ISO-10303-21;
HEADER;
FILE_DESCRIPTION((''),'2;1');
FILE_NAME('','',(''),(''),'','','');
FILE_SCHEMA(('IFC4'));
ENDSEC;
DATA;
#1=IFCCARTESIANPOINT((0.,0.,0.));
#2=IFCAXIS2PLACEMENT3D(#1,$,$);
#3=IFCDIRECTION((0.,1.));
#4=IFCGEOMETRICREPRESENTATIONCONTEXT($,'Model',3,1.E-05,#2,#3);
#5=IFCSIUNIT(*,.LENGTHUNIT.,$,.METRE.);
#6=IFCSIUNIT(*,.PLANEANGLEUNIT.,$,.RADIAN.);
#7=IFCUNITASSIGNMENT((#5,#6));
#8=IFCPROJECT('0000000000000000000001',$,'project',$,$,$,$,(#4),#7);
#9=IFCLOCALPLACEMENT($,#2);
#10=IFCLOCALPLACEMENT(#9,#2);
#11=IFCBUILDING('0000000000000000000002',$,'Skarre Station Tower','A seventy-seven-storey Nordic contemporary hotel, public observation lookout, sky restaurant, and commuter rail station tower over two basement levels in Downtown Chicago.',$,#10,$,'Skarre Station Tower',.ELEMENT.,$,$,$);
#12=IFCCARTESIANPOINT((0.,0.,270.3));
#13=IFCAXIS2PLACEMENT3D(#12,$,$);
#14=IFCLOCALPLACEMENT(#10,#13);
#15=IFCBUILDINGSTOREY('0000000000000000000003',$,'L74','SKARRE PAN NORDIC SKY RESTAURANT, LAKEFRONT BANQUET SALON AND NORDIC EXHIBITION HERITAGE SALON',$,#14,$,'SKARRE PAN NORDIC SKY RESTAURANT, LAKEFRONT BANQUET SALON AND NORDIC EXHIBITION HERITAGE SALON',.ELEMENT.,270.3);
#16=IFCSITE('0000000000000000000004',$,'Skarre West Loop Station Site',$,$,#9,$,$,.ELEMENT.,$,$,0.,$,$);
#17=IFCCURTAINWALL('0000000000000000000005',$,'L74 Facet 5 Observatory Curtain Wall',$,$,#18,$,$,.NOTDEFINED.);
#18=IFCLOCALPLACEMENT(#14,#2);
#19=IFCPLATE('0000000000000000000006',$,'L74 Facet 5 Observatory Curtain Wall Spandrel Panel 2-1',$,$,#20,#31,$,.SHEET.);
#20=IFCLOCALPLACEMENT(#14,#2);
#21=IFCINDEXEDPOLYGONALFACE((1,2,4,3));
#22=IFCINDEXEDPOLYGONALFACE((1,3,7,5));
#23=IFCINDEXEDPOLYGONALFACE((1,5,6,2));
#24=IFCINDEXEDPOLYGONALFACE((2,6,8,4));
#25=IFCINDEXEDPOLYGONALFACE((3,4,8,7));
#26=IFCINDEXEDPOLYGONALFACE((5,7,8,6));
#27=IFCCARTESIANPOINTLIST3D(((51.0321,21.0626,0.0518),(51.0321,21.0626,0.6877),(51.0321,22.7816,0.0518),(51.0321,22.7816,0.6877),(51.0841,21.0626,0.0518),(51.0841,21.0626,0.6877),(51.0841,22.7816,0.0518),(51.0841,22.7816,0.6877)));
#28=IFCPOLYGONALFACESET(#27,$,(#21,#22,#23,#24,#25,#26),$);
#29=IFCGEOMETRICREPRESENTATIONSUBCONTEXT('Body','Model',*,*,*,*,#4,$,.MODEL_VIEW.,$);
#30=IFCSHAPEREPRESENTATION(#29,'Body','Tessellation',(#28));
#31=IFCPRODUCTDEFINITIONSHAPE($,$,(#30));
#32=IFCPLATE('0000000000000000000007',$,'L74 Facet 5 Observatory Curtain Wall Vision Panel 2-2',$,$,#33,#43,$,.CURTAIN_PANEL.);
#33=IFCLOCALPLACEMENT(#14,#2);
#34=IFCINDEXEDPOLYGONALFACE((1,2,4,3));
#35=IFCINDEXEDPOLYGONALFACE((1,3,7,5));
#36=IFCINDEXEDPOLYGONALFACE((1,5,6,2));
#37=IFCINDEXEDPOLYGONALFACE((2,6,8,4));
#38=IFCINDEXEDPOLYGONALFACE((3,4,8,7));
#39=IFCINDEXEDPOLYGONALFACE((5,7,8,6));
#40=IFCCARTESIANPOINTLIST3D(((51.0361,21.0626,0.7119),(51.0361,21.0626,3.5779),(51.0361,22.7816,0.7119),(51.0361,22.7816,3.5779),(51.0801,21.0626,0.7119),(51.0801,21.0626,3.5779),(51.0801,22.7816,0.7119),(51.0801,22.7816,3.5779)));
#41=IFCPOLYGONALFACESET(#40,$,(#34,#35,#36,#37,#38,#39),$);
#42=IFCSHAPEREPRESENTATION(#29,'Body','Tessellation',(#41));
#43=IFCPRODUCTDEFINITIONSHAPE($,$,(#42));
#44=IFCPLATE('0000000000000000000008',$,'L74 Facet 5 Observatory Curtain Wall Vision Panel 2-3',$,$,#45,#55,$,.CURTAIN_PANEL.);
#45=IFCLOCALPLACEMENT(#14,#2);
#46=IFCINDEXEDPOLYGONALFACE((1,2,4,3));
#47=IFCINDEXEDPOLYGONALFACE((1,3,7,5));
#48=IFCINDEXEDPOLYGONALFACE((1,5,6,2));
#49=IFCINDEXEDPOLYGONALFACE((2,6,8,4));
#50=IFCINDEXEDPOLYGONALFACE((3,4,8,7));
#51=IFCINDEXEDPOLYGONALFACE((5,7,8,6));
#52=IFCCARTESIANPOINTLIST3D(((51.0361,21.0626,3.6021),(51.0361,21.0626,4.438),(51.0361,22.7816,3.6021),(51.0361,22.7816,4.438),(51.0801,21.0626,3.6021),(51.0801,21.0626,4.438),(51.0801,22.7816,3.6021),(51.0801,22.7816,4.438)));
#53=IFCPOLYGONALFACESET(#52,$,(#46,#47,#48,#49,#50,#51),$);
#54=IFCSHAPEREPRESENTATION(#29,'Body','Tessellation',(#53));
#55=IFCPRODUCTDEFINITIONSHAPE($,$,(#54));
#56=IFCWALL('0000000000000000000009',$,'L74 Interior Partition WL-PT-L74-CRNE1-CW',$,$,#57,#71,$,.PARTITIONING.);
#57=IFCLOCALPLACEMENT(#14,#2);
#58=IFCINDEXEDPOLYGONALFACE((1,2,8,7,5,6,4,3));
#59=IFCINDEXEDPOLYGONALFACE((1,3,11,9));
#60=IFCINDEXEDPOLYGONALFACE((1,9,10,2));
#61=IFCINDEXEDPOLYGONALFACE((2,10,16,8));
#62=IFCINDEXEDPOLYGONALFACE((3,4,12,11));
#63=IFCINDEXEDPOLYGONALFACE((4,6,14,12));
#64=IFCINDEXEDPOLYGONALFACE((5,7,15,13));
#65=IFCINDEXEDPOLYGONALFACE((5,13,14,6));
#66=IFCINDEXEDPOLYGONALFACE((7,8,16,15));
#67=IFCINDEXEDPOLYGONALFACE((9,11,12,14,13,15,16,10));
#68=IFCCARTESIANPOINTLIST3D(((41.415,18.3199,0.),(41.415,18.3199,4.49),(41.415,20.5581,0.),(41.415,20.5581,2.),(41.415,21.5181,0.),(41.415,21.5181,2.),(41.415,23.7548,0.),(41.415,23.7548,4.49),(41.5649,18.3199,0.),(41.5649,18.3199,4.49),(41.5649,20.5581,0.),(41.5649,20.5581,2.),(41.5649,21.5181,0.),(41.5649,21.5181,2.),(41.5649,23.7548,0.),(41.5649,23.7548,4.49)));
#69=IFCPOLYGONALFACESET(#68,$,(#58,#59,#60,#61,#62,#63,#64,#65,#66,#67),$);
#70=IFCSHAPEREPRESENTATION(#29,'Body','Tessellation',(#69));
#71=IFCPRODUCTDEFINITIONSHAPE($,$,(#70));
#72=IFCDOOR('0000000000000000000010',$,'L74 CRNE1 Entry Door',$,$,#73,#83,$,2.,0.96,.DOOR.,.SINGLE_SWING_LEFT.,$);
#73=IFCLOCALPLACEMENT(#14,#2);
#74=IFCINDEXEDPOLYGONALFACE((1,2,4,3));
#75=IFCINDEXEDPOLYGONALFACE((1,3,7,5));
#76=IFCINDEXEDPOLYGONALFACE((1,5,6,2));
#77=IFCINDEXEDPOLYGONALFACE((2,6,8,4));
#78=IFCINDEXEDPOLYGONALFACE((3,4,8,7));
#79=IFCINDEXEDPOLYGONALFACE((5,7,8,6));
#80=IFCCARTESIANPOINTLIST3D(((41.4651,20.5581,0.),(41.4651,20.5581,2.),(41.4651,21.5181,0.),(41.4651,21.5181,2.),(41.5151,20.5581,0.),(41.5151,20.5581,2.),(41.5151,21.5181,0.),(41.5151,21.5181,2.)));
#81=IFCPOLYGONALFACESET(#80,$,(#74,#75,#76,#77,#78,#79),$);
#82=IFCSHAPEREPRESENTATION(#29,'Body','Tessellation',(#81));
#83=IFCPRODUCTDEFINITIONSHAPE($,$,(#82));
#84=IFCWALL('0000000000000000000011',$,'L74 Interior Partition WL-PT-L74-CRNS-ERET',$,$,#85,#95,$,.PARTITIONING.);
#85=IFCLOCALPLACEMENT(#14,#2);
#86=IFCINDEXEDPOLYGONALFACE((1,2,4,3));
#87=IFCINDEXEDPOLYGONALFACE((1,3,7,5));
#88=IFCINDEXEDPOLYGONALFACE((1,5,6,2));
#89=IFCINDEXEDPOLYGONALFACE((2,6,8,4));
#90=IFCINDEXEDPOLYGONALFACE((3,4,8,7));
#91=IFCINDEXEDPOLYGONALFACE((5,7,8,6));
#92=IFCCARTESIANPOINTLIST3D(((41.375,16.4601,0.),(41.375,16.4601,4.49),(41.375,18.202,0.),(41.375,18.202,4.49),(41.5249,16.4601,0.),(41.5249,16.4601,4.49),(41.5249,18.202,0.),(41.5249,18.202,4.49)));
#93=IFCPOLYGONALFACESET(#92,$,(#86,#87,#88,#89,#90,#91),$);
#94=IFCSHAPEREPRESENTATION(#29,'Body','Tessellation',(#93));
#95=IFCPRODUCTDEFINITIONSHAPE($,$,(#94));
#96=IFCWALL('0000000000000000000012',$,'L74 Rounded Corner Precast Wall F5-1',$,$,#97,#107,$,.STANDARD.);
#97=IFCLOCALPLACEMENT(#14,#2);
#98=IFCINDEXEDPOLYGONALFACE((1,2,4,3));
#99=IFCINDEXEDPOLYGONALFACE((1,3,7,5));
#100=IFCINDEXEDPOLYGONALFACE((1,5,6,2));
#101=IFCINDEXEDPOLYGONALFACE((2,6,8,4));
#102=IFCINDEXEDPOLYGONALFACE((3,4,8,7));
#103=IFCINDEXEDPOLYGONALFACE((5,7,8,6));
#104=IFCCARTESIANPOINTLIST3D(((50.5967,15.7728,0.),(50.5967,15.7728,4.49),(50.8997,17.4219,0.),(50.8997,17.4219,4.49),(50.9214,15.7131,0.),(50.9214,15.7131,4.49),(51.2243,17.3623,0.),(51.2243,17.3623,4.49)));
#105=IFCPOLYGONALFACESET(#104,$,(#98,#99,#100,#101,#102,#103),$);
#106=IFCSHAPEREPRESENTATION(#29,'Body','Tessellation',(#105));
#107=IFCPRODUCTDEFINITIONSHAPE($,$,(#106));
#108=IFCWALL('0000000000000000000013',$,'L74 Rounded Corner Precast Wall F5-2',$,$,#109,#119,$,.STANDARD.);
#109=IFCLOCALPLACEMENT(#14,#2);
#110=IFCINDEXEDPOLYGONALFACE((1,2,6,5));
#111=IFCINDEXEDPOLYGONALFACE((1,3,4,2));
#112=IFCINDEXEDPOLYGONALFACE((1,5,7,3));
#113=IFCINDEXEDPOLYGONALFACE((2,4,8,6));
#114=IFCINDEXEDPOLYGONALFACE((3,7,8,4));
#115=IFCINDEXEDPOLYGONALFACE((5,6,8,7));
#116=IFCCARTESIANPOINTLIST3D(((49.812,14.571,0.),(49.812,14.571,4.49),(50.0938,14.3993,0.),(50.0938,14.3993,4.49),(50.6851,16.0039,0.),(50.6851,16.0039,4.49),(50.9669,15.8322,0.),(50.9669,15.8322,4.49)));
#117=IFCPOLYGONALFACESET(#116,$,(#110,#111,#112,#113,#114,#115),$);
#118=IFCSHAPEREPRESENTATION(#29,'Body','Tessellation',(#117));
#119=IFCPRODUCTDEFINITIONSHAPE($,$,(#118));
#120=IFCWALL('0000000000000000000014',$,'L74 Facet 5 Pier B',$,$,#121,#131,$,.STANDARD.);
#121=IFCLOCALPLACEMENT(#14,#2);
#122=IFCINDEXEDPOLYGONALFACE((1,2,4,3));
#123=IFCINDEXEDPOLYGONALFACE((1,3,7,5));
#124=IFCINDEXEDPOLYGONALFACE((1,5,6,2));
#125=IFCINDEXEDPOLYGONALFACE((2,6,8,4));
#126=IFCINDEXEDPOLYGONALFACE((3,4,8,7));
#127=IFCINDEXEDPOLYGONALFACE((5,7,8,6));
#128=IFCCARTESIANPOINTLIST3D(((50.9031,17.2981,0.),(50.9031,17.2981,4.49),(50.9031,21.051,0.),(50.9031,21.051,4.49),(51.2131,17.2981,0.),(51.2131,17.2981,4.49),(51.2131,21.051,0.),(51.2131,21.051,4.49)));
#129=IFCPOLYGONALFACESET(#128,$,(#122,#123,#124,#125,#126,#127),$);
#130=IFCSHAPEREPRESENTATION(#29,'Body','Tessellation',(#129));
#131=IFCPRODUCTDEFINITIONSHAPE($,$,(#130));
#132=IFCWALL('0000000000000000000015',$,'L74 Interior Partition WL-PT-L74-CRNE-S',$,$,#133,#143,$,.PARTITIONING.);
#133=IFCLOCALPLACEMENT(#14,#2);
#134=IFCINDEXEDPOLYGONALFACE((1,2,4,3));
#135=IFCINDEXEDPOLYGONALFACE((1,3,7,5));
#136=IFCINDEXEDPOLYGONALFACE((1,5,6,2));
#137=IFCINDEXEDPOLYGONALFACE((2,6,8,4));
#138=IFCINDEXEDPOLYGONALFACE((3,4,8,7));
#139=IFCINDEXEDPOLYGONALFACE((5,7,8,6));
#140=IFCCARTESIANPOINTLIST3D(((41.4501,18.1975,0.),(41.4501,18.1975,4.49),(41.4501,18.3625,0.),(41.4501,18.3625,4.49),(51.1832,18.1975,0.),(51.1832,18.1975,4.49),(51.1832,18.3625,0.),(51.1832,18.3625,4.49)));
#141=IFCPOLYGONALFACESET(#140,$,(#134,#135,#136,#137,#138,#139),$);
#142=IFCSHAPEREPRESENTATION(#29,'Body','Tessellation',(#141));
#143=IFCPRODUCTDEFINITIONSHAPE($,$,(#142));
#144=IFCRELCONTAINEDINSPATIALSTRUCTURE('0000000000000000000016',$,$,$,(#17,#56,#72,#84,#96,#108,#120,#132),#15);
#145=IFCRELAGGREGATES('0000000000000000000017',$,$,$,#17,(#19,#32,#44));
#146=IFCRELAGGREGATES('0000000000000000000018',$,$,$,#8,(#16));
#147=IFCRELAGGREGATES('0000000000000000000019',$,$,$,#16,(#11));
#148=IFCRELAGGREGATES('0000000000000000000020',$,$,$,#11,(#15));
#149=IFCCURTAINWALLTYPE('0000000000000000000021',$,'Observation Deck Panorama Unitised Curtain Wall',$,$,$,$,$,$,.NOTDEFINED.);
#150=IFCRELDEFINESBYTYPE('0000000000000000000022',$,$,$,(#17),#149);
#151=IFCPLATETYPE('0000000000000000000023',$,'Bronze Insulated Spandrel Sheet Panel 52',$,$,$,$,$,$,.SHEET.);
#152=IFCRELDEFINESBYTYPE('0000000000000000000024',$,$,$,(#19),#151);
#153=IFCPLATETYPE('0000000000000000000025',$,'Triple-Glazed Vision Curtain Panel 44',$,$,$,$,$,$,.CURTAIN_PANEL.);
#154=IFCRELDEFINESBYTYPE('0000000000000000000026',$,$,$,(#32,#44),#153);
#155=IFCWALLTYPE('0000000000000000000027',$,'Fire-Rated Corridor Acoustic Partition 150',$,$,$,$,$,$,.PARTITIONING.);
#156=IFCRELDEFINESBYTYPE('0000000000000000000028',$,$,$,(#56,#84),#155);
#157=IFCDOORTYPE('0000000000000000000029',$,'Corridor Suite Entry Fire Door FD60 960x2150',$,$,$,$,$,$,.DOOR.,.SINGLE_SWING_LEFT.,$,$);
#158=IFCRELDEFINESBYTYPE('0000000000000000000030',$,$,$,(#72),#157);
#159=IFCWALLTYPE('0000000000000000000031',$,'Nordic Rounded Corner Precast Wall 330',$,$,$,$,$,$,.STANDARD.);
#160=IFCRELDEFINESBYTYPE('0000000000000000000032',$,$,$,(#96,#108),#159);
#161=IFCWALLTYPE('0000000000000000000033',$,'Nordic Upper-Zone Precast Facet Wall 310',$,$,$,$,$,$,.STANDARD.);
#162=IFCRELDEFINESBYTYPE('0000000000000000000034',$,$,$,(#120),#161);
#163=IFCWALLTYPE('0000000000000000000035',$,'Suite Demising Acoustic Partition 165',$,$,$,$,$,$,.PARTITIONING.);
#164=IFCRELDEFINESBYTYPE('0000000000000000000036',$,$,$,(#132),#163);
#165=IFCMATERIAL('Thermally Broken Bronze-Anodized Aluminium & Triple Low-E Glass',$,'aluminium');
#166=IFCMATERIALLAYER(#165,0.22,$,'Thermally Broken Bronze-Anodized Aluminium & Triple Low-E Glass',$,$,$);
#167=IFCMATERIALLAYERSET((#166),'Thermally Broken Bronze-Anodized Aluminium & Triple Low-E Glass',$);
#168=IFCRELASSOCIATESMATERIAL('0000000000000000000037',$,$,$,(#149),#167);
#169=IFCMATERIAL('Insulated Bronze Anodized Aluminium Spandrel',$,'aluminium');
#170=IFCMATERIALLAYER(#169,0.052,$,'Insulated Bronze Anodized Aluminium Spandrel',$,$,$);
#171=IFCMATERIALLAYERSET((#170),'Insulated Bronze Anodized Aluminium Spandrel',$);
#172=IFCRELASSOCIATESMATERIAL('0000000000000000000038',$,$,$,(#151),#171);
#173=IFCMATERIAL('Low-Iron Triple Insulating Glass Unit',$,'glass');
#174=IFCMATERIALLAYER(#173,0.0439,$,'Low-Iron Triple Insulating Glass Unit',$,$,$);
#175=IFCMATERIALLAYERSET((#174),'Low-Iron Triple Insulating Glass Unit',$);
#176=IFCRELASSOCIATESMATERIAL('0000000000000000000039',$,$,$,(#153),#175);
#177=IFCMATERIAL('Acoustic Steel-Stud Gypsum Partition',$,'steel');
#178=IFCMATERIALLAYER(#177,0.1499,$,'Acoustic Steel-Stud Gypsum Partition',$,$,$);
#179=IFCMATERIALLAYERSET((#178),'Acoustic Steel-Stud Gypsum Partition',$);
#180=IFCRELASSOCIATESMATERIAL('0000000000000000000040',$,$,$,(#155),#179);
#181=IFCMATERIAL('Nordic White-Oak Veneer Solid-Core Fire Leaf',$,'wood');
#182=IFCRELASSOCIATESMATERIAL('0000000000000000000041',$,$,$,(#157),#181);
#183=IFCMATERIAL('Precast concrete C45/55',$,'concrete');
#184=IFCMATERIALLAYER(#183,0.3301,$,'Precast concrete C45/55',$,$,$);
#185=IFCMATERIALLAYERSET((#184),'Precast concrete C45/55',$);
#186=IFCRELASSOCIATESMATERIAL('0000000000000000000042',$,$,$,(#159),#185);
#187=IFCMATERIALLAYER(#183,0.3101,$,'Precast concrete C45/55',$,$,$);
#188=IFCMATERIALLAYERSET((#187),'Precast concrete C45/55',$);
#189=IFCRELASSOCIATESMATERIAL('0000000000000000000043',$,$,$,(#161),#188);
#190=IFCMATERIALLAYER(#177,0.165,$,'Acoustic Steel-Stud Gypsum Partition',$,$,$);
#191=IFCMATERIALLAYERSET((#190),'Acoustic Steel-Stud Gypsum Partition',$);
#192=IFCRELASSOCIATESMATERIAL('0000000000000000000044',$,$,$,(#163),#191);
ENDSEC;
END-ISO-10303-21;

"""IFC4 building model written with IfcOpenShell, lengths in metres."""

from ifc_helpers import new_model, si_unit, direction, frame, frame_2d, origin, origin_2d, place, context, subcontext, project, spatial, rectangle, extrude, material, layer, layer_set, type_object, element, fill, aggregate, save


model = new_model("IFC4")

# Units and contexts
model_context = context("Model", 3, precision=1e-05, world=origin(), true_north=direction((0.0, 1.0)))
body_context = subcontext(model_context, "Body", "Model", "MODEL_VIEW")
ifc_project = project(units=[si_unit("LENGTHUNIT", "METRE"), si_unit("PLANEANGLEUNIT", "RADIAN")], contexts=[model_context])

# Site, building, storey
site_placement = place(None, origin())
site = spatial("IfcSite", under=ifc_project, at=site_placement, Name="Skarre West Loop Station Site", CompositionType="ELEMENT", RefElevation=0.0)
building_placement = place(site_placement, origin())
building = spatial("IfcBuilding", under=site, at=building_placement, Name="Skarre Station Tower", Description="A seventy-seven-storey Nordic contemporary hotel, public observation lookout, sky restaurant, and commuter rail station tower over two basement levels in Downtown Chicago.", LongName="Skarre Station Tower", CompositionType="ELEMENT")
storey_placement = place(building_placement, frame((0.0, 0.0, 270.3)))
storey = spatial("IfcBuildingStorey", under=building, at=storey_placement, Name="L74", Description="SKARRE PAN NORDIC SKY RESTAURANT, LAKEFRONT BANQUET SALON AND NORDIC EXHIBITION HERITAGE SALON", LongName="SKARRE PAN NORDIC SKY RESTAURANT, LAKEFRONT BANQUET SALON AND NORDIC EXHIBITION HERITAGE SALON", CompositionType="ELEMENT", Elevation=270.3)

# Curtain wall
ifc_material_1 = material(Name="Thermally Broken Bronze-Anodized Aluminium & Triple Low-E Glass", Category="aluminium")
ifc_layer_1 = layer(ifc_material_1, 0.22, Name="Thermally Broken Bronze-Anodized Aluminium & Triple Low-E Glass")
ifc_layer_set_1 = layer_set([ifc_layer_1], Name="Thermally Broken Bronze-Anodized Aluminium & Triple Low-E Glass")
curtain_wall_type = type_object("IfcCurtainWallType", Name="Observation Deck Panorama Unitised Curtain Wall", PredefinedType="NOTDEFINED", material=ifc_layer_set_1)
curtain_wall_placement = place(storey_placement, origin())
curtain_wall = element("IfcCurtainWall", 1, at=curtain_wall_placement, inside=storey, type_object=curtain_wall_type, Name="L74 Facet 5 Observatory Curtain Wall", PredefinedType="NOTDEFINED")

# Plates
ifc_material_2 = material(Name="Insulated Bronze Anodized Aluminium Spandrel", Category="aluminium")
ifc_layer_2 = layer(ifc_material_2, 0.052, Name="Insulated Bronze Anodized Aluminium Spandrel")
ifc_layer_set_2 = layer_set([ifc_layer_2], Name="Insulated Bronze Anodized Aluminium Spandrel")
plate_type_1 = type_object("IfcPlateType", Name="Bronze Insulated Spandrel Sheet Panel 52", PredefinedType="SHEET", material=ifc_layer_set_2)
plate_1_placement = place(storey_placement, frame((51.0581, 21.9221, 0.0518), z_axis=(0.0, 0.0, 1.0), x_axis=(0.0, -1.0, 0.0)))
plate_1 = element("IfcPlate", 2, at=plate_1_placement, type_object=plate_type_1, Name="L74 Facet 5 Observatory Curtain Wall Spandrel Panel 2-1", PredefinedType="SHEET", context=body_context, shape_type="SweptSolid", body=[
    extrude(rectangle(XDim=1.719, YDim=0.052, at=origin_2d()), origin(), (0.0, 0.0, 1.0), 0.636),
])
ifc_material_3 = material(Name="Low-Iron Triple Insulating Glass Unit", Category="glass")
ifc_layer_3 = layer(ifc_material_3, 0.0439, Name="Low-Iron Triple Insulating Glass Unit")
ifc_layer_set_3 = layer_set([ifc_layer_3], Name="Low-Iron Triple Insulating Glass Unit")
plate_type_2 = type_object("IfcPlateType", Name="Triple-Glazed Vision Curtain Panel 44", PredefinedType="CURTAIN_PANEL", material=ifc_layer_set_3)
plate_2_placement = place(storey_placement, frame((51.0581, 21.9221, 0.7119), z_axis=(0.0, 0.0, 1.0), x_axis=(0.0, -1.0, 0.0)))
plate_2 = element("IfcPlate", 3, at=plate_2_placement, type_object=plate_type_2, Name="L74 Facet 5 Observatory Curtain Wall Vision Panel 2-2", PredefinedType="CURTAIN_PANEL", context=body_context, shape_type="SweptSolid", body=[
    extrude(rectangle(XDim=1.719, YDim=0.0439, at=origin_2d()), origin(), (0.0, 0.0, 1.0), 2.866),
])
plate_3_placement = place(storey_placement, frame((51.0581, 21.9221, 3.6021), z_axis=(0.0, 0.0, 1.0), x_axis=(0.0, -1.0, 0.0)))
plate_3 = element("IfcPlate", 4, at=plate_3_placement, type_object=plate_type_2, Name="L74 Facet 5 Observatory Curtain Wall Vision Panel 2-3", PredefinedType="CURTAIN_PANEL", context=body_context, shape_type="SweptSolid", body=[
    extrude(rectangle(XDim=1.719, YDim=0.0439, at=origin_2d()), origin(), (0.0, 0.0, 1.0), 0.8359),
])
aggregate(curtain_wall, [plate_1, plate_2, plate_3])

# Wall, opening, door
ifc_material_4 = material(Name="Acoustic Steel-Stud Gypsum Partition", Category="steel")
ifc_layer_4 = layer(ifc_material_4, 0.1499, Name="Acoustic Steel-Stud Gypsum Partition")
ifc_layer_set_4 = layer_set([ifc_layer_4], Name="Acoustic Steel-Stud Gypsum Partition")
wall_type_1 = type_object("IfcWallType", Name="Fire-Rated Corridor Acoustic Partition 150", PredefinedType="PARTITIONING", material=ifc_layer_set_4)
wall_1_placement = place(storey_placement, frame((41.49, 18.3201, 0.0), z_axis=(0.0, 0.0, 1.0), x_axis=(0.0, 1.0, 0.0)))
wall_1 = element("IfcWall", 5, at=wall_1_placement, inside=storey, type_object=wall_type_1, Name="L74 Interior Partition WL-PT-L74-CRNE1-CW", PredefinedType="PARTITIONING", context=body_context, shape_type="SweptSolid", body=[
    extrude(rectangle(XDim=5.4348, YDim=0.1499, at=frame_2d((2.7173, 0.0))), origin(), (0.0, 0.0, 1.0), 4.49),
])
opening_placement = place(wall_1_placement, frame((2.238, 0.0, 0.0)))
opening = element("IfcOpeningElement", 6, at=opening_placement, cuts=wall_1, PredefinedType="OPENING", context=body_context, shape_type="SweptSolid", body=[
    extrude(rectangle(XDim=0.96, YDim=2.0, at=frame_2d((0.48, 1.0))), frame((0.0, 0.085, 0.0), z_axis=(0.0, -1.0, 0.0), x_axis=(1.0, 0.0, 0.0)), (0.0, 0.0, 1.0), 0.1699),
])
ifc_material_5 = material(Name="Nordic White-Oak Veneer Solid-Core Fire Leaf", Category="wood")
door_type = type_object("IfcDoorType", Name="Corridor Suite Entry Fire Door FD60 960x2150", OperationType="SINGLE_SWING_LEFT", PredefinedType="DOOR", material=ifc_material_5)
door_placement = place(opening_placement, origin())
door = element("IfcDoor", 7, at=door_placement, inside=storey, type_object=door_type, Name="L74 CRNE1 Entry Door", OperationType="SINGLE_SWING_LEFT", OverallHeight=2.0, OverallWidth=0.96, PredefinedType="DOOR", context=body_context, shape_type="SweptSolid", body=[
    extrude(rectangle(XDim=0.96, YDim=2.0, at=frame_2d((0.48, 1.0))), frame((0.0, 0.0249, 0.0), z_axis=(0.0, -1.0, 0.0), x_axis=(1.0, 0.0, 0.0)), (0.0, 0.0, 1.0), 0.05),
])
fill(opening, door)

# Walls
wall_2_placement = place(storey_placement, frame((41.45, 16.46, 0.0), z_axis=(0.0, 0.0, 1.0), x_axis=(0.0, 1.0, 0.0)))
element("IfcWall", 8, at=wall_2_placement, inside=storey, type_object=wall_type_1, Name="L74 Interior Partition WL-PT-L74-CRNS-ERET", PredefinedType="PARTITIONING", context=body_context, shape_type="SweptSolid", body=[
    extrude(rectangle(XDim=1.7419, YDim=0.1499, at=frame_2d((0.8711, 0.0))), origin(), (0.0, 0.0, 1.0), 4.49),
])
ifc_material_6 = material(Name="Precast concrete C45/55", Category="concrete")
ifc_layer_5 = layer(ifc_material_6, 0.3301, Name="Precast concrete C45/55")
ifc_layer_set_5 = layer_set([ifc_layer_5], Name="Precast concrete C45/55")
wall_type_2 = type_object("IfcWallType", Name="Nordic Rounded Corner Precast Wall 330", PredefinedType="STANDARD", material=ifc_layer_set_5)
wall_3_placement = place(storey_placement, frame((51.062, 17.3921, 0.0), z_axis=(0.0, 0.0, 1.0), x_axis=(-0.180692, -0.98354, 0.0)))
element("IfcWall", 9, at=wall_3_placement, inside=storey, type_object=wall_type_2, Name="L74 Rounded Corner Precast Wall F5-1", PredefinedType="STANDARD", context=body_context, shape_type="SweptSolid", body=[
    extrude(rectangle(XDim=1.6768, YDim=0.3301, at=frame_2d((0.8384, 0.0))), origin(), (0.0, 0.0, 1.0), 4.49),
])
wall_4_placement = place(storey_placement, frame((50.8259, 15.918, 0.0), z_axis=(0.0, 0.0, 1.0), x_axis=(-0.520325, -0.853968, 0.0)))
element("IfcWall", 10, at=wall_4_placement, inside=storey, type_object=wall_type_2, Name="L74 Rounded Corner Precast Wall F5-2", PredefinedType="STANDARD", context=body_context, shape_type="SweptSolid", body=[
    extrude(rectangle(XDim=1.678, YDim=0.3301, at=frame_2d((0.8389, 0.0))), origin(), (0.0, 0.0, 1.0), 4.49),
])
ifc_layer_6 = layer(ifc_material_6, 0.3101, Name="Precast concrete C45/55")
ifc_layer_set_6 = layer_set([ifc_layer_6], Name="Precast concrete C45/55")
wall_type_3 = type_object("IfcWallType", Name="Nordic Upper-Zone Precast Facet Wall 310", PredefinedType="STANDARD", material=ifc_layer_set_6)
wall_5_placement = place(storey_placement, frame((51.0581, 21.051, 0.0), z_axis=(0.0, 0.0, 1.0), x_axis=(0.0, -1.0, 0.0)))
element("IfcWall", 11, at=wall_5_placement, inside=storey, type_object=wall_type_3, Name="L74 Facet 5 Pier B", PredefinedType="STANDARD", context=body_context, shape_type="SweptSolid", body=[
    extrude(rectangle(XDim=3.7529, YDim=0.3101, at=frame_2d((1.8765, 0.0))), origin(), (0.0, 0.0, 1.0), 4.49),
])
ifc_layer_7 = layer(ifc_material_4, 0.165, Name="Acoustic Steel-Stud Gypsum Partition")
ifc_layer_set_7 = layer_set([ifc_layer_7], Name="Acoustic Steel-Stud Gypsum Partition")
wall_type_4 = type_object("IfcWallType", Name="Suite Demising Acoustic Partition 165", PredefinedType="PARTITIONING", material=ifc_layer_set_7)
wall_6_placement = place(storey_placement, frame((41.45, 18.28, 0.0), z_axis=(0.0, 0.0, 1.0), x_axis=(1.0, 0.0, 0.0)))
element("IfcWall", 12, at=wall_6_placement, inside=storey, type_object=wall_type_4, Name="L74 Interior Partition WL-PT-L74-CRNE-S", PredefinedType="PARTITIONING", context=body_context, shape_type="SweptSolid", body=[
    extrude(rectangle(XDim=9.7332, YDim=0.165, at=frame_2d((4.8667, 0.0))), origin(), (0.0, 0.0, 1.0), 4.49),
])

save(model, "model.ifc")
